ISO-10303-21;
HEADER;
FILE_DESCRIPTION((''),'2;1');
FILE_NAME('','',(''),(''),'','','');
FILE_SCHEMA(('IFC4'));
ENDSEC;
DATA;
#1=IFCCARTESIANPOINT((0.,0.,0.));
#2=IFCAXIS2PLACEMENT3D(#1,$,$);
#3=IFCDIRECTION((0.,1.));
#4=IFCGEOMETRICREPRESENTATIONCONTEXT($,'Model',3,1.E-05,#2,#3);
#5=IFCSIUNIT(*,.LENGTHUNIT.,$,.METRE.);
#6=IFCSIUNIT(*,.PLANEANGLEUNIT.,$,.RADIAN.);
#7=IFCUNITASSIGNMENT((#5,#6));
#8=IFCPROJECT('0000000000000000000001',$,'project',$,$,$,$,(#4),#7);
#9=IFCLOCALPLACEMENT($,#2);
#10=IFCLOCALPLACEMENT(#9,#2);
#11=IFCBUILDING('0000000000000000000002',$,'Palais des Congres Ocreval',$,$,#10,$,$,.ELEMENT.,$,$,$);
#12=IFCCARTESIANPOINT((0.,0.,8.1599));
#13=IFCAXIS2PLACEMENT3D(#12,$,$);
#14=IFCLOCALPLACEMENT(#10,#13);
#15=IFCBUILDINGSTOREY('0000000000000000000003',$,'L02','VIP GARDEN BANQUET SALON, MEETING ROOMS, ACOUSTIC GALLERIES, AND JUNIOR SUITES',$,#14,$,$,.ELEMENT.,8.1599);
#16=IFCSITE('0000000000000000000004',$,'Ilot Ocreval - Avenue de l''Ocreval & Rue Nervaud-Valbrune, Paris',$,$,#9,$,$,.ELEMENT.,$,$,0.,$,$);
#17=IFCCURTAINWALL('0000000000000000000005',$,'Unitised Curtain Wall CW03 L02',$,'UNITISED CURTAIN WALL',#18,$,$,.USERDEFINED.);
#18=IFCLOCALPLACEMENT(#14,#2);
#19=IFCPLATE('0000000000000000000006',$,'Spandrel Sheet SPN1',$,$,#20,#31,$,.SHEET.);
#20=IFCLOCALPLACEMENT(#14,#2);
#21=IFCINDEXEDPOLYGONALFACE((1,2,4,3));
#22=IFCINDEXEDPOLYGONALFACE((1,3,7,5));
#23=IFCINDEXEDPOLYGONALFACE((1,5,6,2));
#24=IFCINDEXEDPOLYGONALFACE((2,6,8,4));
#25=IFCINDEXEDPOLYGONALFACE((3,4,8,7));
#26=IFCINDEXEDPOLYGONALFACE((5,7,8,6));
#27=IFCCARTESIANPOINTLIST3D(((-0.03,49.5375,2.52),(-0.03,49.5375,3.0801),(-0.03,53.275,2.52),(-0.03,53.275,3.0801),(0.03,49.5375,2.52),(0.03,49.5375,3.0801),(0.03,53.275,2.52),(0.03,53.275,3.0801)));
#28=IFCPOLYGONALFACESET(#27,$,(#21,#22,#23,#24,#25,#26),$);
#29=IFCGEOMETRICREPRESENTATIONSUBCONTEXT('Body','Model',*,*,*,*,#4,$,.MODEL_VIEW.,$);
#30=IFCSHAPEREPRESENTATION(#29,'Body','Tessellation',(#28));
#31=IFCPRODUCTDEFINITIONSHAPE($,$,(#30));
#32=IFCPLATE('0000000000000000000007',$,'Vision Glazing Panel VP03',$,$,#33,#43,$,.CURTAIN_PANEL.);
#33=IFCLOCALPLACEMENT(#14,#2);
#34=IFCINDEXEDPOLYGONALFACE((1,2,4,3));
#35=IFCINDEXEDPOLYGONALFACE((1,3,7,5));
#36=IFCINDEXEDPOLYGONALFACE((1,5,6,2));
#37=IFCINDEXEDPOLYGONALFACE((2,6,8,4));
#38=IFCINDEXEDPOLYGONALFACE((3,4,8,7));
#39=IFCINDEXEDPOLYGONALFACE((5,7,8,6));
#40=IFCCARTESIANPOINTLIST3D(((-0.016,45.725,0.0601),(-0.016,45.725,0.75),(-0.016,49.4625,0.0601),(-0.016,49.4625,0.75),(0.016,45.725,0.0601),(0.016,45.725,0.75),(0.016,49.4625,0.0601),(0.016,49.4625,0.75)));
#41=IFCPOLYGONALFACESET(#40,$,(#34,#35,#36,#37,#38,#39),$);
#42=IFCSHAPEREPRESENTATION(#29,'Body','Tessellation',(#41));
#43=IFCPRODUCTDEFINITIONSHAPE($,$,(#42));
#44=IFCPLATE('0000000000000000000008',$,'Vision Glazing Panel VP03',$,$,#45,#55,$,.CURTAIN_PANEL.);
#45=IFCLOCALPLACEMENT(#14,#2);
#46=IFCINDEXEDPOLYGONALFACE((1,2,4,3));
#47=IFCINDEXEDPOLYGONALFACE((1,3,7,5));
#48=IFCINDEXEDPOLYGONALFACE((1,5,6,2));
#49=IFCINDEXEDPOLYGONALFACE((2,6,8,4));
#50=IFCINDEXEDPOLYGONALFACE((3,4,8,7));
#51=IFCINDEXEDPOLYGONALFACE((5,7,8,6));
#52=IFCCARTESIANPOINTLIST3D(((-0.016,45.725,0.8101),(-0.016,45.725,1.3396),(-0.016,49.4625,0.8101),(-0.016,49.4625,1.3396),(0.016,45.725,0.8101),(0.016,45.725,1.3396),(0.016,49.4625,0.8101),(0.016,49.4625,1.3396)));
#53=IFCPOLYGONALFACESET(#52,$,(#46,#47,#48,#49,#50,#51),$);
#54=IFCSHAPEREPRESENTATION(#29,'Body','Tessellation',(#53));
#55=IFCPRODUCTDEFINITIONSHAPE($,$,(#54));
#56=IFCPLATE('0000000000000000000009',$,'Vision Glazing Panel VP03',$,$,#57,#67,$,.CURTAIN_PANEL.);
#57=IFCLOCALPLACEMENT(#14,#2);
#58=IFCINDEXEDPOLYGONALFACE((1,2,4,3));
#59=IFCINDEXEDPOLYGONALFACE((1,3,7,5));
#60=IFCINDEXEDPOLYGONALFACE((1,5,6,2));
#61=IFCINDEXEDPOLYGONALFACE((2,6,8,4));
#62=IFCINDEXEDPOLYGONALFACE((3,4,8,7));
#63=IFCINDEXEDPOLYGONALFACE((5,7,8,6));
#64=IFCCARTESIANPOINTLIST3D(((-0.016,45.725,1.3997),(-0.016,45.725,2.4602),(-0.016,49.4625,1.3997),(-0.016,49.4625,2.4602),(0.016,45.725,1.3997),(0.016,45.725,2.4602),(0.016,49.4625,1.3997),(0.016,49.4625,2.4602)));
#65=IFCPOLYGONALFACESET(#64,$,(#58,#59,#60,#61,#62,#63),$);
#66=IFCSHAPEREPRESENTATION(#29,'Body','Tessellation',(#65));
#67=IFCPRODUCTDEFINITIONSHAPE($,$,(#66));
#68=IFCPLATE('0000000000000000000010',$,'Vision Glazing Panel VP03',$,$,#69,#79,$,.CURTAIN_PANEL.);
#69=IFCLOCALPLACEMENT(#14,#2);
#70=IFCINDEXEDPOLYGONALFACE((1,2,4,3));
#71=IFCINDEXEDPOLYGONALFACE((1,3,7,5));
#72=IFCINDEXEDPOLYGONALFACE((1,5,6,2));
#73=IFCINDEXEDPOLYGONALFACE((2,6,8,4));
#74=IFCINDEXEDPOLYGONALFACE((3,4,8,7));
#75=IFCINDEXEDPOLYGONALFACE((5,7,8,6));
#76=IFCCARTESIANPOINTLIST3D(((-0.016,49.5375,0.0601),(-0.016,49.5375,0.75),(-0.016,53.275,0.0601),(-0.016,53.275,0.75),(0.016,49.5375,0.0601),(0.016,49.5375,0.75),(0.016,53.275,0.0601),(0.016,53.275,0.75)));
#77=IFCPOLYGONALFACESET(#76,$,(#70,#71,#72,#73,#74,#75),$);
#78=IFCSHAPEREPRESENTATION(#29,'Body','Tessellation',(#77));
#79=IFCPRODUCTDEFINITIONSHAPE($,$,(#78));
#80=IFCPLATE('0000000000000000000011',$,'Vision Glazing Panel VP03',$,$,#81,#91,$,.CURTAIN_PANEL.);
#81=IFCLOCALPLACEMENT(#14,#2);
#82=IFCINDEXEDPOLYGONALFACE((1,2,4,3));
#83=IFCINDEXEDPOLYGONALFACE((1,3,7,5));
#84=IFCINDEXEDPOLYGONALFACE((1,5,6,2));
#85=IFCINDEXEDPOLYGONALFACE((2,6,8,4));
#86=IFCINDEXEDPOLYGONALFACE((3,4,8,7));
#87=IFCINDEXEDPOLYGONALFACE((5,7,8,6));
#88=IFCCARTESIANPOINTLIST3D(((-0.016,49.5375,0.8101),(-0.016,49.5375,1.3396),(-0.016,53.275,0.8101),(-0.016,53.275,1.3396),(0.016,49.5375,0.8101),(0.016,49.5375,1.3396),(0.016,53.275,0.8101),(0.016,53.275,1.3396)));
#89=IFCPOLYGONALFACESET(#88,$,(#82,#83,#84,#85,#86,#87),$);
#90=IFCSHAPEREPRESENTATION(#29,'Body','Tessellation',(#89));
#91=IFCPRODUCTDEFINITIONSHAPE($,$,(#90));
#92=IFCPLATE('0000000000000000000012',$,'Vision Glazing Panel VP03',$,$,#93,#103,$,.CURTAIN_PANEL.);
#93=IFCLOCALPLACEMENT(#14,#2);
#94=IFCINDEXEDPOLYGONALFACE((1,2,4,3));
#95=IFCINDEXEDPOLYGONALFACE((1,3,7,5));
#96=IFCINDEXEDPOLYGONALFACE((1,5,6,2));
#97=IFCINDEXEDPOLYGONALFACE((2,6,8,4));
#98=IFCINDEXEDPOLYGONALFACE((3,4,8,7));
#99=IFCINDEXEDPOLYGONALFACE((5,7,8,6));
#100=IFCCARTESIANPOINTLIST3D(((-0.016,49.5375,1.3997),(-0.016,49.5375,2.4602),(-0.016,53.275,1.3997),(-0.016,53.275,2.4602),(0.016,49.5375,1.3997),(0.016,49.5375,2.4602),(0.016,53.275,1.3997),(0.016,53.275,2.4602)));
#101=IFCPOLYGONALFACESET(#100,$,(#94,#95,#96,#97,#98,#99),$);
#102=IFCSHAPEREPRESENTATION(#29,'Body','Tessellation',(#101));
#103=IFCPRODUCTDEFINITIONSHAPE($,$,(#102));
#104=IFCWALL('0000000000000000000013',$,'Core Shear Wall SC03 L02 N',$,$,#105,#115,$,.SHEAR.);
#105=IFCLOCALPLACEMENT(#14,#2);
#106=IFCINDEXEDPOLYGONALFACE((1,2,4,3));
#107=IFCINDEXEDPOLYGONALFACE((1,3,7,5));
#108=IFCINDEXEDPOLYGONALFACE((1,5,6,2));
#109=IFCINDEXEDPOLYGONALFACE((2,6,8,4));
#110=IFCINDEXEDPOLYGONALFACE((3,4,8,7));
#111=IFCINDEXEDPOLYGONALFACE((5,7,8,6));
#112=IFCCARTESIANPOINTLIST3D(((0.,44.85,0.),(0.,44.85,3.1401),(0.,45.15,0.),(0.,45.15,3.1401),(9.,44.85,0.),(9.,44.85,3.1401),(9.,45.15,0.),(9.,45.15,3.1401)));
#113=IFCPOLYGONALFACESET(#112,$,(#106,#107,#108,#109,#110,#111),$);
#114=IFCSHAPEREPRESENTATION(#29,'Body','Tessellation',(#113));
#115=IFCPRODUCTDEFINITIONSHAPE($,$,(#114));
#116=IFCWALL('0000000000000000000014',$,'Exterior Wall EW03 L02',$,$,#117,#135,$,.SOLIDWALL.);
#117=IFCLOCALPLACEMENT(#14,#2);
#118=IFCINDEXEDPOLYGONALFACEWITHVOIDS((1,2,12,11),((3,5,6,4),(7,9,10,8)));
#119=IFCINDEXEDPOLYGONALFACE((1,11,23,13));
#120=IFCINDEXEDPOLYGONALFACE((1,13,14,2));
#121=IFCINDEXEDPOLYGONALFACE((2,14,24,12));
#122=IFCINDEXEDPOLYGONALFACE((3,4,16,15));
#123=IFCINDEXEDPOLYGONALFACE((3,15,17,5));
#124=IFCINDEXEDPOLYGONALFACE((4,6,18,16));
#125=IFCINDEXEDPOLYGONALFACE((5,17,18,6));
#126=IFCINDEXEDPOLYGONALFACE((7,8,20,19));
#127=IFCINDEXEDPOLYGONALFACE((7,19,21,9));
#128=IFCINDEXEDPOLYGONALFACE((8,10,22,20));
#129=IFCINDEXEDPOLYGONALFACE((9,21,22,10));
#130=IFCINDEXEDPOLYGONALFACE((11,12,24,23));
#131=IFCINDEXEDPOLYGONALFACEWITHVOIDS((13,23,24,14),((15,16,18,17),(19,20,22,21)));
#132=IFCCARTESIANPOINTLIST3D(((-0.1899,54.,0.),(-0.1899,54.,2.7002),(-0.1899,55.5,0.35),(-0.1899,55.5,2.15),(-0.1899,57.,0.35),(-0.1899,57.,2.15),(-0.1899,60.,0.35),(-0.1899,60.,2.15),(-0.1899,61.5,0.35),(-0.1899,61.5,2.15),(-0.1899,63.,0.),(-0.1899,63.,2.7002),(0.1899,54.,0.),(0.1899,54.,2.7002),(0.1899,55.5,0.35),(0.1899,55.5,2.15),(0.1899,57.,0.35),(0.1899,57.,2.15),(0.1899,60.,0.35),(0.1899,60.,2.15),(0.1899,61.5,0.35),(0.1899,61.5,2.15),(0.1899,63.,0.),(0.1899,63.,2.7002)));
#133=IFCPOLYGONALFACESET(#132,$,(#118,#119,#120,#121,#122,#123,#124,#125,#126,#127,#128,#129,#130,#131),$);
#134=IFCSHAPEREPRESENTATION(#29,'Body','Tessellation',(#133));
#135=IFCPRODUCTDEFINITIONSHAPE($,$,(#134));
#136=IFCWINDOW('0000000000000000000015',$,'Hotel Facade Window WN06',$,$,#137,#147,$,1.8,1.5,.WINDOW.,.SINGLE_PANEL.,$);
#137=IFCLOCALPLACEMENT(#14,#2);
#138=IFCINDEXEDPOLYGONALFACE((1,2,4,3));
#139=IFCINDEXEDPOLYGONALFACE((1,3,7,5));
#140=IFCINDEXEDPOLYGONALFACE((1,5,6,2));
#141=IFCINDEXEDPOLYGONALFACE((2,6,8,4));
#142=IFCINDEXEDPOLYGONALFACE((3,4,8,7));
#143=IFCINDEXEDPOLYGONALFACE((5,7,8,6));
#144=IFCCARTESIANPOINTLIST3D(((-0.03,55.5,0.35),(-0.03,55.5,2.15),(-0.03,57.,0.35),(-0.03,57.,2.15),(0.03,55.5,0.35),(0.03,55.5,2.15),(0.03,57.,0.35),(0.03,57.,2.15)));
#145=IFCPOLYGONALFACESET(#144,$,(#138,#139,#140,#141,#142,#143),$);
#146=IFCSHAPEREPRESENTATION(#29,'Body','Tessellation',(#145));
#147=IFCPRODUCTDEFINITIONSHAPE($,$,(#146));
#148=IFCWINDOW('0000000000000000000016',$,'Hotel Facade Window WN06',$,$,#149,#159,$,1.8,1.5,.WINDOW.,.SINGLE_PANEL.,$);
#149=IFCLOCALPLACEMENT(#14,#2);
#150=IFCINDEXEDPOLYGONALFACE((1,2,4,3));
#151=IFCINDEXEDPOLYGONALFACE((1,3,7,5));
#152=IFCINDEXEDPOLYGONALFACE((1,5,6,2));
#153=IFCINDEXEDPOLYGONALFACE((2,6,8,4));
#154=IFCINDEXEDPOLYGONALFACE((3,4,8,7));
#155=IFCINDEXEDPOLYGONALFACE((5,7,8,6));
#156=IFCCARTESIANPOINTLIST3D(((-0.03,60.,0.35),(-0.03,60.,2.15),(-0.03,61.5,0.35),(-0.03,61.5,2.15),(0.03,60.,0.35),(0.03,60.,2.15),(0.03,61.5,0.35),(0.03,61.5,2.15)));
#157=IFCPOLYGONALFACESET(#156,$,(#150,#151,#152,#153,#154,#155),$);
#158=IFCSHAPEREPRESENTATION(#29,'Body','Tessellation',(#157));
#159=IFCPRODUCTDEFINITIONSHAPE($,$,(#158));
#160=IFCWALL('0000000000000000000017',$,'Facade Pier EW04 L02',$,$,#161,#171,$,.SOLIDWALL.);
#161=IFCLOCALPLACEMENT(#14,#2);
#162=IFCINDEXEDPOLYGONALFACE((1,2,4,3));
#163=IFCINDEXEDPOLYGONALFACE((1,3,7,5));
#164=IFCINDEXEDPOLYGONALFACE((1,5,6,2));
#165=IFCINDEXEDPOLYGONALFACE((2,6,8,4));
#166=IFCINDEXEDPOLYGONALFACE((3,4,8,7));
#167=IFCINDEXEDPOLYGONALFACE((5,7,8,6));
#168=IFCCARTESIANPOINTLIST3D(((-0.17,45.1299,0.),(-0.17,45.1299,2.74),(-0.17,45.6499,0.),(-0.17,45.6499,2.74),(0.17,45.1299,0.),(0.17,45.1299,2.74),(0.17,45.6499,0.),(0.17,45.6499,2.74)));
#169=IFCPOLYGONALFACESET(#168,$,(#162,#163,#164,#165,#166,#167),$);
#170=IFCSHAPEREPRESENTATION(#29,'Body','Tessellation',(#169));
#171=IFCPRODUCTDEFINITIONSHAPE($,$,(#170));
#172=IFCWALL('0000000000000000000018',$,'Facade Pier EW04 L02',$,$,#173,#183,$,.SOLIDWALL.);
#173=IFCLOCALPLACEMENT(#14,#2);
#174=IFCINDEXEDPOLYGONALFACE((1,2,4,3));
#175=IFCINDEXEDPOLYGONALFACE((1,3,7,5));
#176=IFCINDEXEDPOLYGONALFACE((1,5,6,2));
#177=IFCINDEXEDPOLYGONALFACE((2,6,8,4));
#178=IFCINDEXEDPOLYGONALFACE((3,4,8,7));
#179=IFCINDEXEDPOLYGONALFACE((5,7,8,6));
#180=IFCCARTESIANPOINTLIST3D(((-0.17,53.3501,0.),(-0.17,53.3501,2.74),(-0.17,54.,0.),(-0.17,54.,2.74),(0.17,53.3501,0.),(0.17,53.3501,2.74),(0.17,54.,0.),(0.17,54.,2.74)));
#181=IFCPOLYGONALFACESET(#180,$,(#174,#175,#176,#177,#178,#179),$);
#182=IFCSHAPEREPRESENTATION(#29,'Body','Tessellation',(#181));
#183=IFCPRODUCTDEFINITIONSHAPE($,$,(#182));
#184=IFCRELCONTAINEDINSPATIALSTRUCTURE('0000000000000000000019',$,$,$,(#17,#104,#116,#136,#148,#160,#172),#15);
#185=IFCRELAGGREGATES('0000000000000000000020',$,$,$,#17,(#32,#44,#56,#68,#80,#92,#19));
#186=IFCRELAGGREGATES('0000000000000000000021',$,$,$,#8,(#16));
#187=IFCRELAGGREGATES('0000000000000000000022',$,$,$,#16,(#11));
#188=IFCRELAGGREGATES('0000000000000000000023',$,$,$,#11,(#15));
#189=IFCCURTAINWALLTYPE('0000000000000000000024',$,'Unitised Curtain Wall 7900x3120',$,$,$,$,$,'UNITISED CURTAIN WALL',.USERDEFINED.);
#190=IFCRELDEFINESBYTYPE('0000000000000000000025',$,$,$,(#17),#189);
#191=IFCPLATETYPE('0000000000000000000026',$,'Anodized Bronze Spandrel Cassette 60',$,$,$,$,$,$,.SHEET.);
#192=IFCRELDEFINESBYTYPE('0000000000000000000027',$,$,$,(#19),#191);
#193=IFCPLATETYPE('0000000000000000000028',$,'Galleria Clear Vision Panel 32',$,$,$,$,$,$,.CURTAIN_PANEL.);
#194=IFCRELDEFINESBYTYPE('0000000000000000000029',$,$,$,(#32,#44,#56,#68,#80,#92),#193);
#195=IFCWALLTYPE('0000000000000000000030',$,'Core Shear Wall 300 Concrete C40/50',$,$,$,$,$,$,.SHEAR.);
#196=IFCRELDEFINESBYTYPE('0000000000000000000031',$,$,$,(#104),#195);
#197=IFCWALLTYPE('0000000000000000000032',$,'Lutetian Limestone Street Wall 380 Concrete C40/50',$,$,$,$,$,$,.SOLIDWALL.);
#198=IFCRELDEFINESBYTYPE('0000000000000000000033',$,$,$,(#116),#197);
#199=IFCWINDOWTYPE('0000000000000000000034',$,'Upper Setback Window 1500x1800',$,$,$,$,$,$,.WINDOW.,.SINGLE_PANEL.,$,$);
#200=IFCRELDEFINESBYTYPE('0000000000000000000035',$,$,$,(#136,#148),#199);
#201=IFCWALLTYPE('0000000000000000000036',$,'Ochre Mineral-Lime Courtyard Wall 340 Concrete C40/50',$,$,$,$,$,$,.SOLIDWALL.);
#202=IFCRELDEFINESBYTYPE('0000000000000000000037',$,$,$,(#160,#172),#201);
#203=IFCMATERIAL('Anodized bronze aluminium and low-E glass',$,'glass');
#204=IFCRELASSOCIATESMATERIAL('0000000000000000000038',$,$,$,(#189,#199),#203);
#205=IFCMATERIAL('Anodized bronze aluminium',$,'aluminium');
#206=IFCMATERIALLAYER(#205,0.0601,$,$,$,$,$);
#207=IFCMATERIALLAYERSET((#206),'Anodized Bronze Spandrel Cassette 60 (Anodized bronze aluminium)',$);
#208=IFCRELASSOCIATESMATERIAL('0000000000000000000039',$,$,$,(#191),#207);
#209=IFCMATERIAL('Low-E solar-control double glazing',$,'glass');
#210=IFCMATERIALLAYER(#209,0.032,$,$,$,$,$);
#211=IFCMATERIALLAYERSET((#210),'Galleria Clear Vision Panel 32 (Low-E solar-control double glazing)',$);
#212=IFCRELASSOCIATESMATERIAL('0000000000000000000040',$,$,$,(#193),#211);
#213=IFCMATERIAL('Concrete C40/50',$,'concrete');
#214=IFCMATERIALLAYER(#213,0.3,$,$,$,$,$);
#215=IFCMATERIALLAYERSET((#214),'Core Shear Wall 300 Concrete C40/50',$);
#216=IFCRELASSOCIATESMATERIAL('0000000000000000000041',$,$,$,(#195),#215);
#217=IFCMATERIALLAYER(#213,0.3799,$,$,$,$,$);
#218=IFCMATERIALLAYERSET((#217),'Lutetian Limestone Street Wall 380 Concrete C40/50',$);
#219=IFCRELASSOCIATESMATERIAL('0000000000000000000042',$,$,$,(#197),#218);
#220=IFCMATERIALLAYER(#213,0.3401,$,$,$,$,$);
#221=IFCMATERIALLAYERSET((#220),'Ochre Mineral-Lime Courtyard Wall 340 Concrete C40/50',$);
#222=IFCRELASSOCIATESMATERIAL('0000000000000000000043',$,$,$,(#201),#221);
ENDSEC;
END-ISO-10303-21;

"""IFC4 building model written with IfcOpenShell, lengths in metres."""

from ifc_helpers import new_model, si_unit, direction, frame, frame_2d, origin, origin_2d, place, context, subcontext, project, spatial, rectangle, extrude, material, layer, layer_set, type_object, element, fill, aggregate, save


model = new_model("IFC4")

# Units and contexts
model_context = context("Model", 3, precision=1e-05, world=origin(), true_north=direction((0.0, 1.0)))
body_context = subcontext(model_context, "Body", "Model", "MODEL_VIEW")
ifc_project = project(units=[si_unit("LENGTHUNIT", "METRE"), si_unit("PLANEANGLEUNIT", "RADIAN")], contexts=[model_context])

# Site, building, storey
site_placement = place(None, origin())
site = spatial("IfcSite", under=ifc_project, at=site_placement, Name="Ilot Ocreval - Avenue de l'Ocreval & Rue Nervaud-Valbrune, Paris", CompositionType="ELEMENT", RefElevation=0.0)
building_placement = place(site_placement, origin())
building = spatial("IfcBuilding", under=site, at=building_placement, Name="Palais des Congres Ocreval", CompositionType="ELEMENT")
storey_placement = place(building_placement, frame((0.0, 0.0, 8.1599)))
storey = spatial("IfcBuildingStorey", under=building, at=storey_placement, Name="L02", Description="VIP GARDEN BANQUET SALON, MEETING ROOMS, ACOUSTIC GALLERIES, AND JUNIOR SUITES", CompositionType="ELEMENT", Elevation=8.1599)

# Curtain wall
ifc_material_1 = material(Name="Anodized bronze aluminium and low-E glass", Category="glass")
curtain_wall_type = type_object("IfcCurtainWallType", Name="Unitised Curtain Wall 7900x3120", ElementType="UNITISED CURTAIN WALL", PredefinedType="USERDEFINED", material=ifc_material_1)
curtain_wall_placement = place(storey_placement, origin())
curtain_wall = element("IfcCurtainWall", 1, at=curtain_wall_placement, inside=storey, type_object=curtain_wall_type, Name="Unitised Curtain Wall CW03 L02", ObjectType="UNITISED CURTAIN WALL", PredefinedType="USERDEFINED")
ifc_material_2 = material(Name="Anodized bronze aluminium", Category="aluminium")

# Plates
ifc_layer_1 = layer(ifc_material_2, 0.0601)
ifc_layer_set_1 = layer_set([ifc_layer_1], Name="Anodized Bronze Spandrel Cassette 60 (Anodized bronze aluminium)")
plate_type_1 = type_object("IfcPlateType", Name="Anodized Bronze Spandrel Cassette 60", PredefinedType="SHEET", material=ifc_layer_set_1)
plate_1_placement = place(storey_placement, frame((0.0, 51.4062, 2.52), z_axis=(0.0, 0.0, 1.0), x_axis=(0.0, 1.0, 0.0)))
plate_1 = element("IfcPlate", 2, at=plate_1_placement, type_object=plate_type_1, Name="Spandrel Sheet SPN1", PredefinedType="SHEET", context=body_context, shape_type="SweptSolid", body=[
    extrude(rectangle(XDim=3.7375, YDim=0.0601, at=origin_2d()), origin(), (0.0, 0.0, 1.0), 0.5601),
])
ifc_material_3 = material(Name="Low-E solar-control double glazing", Category="glass")
ifc_layer_2 = layer(ifc_material_3, 0.032)
ifc_layer_set_2 = layer_set([ifc_layer_2], Name="Galleria Clear Vision Panel 32 (Low-E solar-control double glazing)")
plate_type_2 = type_object("IfcPlateType", Name="Galleria Clear Vision Panel 32", PredefinedType="CURTAIN_PANEL", material=ifc_layer_set_2)
plate_2_placement = place(storey_placement, frame((0.0, 47.5938, 0.0601), z_axis=(0.0, 0.0, 1.0), x_axis=(0.0, 1.0, 0.0)))
plate_2 = element("IfcPlate", 3, at=plate_2_placement, type_object=plate_type_2, Name="Vision Glazing Panel VP03", PredefinedType="CURTAIN_PANEL", context=body_context, shape_type="SweptSolid", body=[
    extrude(rectangle(XDim=3.7375, YDim=0.032, at=origin_2d()), origin(), (0.0, 0.0, 1.0), 0.6899),
])
plate_3_placement = place(storey_placement, frame((0.0, 47.5938, 0.8101), z_axis=(0.0, 0.0, 1.0), x_axis=(0.0, 1.0, 0.0)))
plate_3 = element("IfcPlate", 4, at=plate_3_placement, type_object=plate_type_2, Name="Vision Glazing Panel VP03", PredefinedType="CURTAIN_PANEL", context=body_context, shape_type="SweptSolid", body=[
    extrude(rectangle(XDim=3.7375, YDim=0.032, at=origin_2d()), origin(), (0.0, 0.0, 1.0), 0.5295),
])
plate_4_placement = place(storey_placement, frame((0.0, 47.5938, 1.3997), z_axis=(0.0, 0.0, 1.0), x_axis=(0.0, 1.0, 0.0)))
plate_4 = element("IfcPlate", 5, at=plate_4_placement, type_object=plate_type_2, Name="Vision Glazing Panel VP03", PredefinedType="CURTAIN_PANEL", context=body_context, shape_type="SweptSolid", body=[
    extrude(rectangle(XDim=3.7375, YDim=0.032, at=origin_2d()), origin(), (0.0, 0.0, 1.0), 1.0605),
])
plate_5_placement = place(storey_placement, frame((0.0, 51.4062, 0.0601), z_axis=(0.0, 0.0, 1.0), x_axis=(0.0, 1.0, 0.0)))
plate_5 = element("IfcPlate", 6, at=plate_5_placement, type_object=plate_type_2, Name="Vision Glazing Panel VP03", PredefinedType="CURTAIN_PANEL", context=body_context, shape_type="SweptSolid", body=[
    extrude(rectangle(XDim=3.7375, YDim=0.032, at=origin_2d()), origin(), (0.0, 0.0, 1.0), 0.6899),
])
plate_6_placement = place(storey_placement, frame((0.0, 51.4062, 0.8101), z_axis=(0.0, 0.0, 1.0), x_axis=(0.0, 1.0, 0.0)))
plate_6 = element("IfcPlate", 7, at=plate_6_placement, type_object=plate_type_2, Name="Vision Glazing Panel VP03", PredefinedType="CURTAIN_PANEL", context=body_context, shape_type="SweptSolid", body=[
    extrude(rectangle(XDim=3.7375, YDim=0.032, at=origin_2d()), origin(), (0.0, 0.0, 1.0), 0.5295),
])
plate_7_placement = place(storey_placement, frame((0.0, 51.4062, 1.3997), z_axis=(0.0, 0.0, 1.0), x_axis=(0.0, 1.0, 0.0)))
plate_7 = element("IfcPlate", 8, at=plate_7_placement, type_object=plate_type_2, Name="Vision Glazing Panel VP03", PredefinedType="CURTAIN_PANEL", context=body_context, shape_type="SweptSolid", body=[
    extrude(rectangle(XDim=3.7375, YDim=0.032, at=origin_2d()), origin(), (0.0, 0.0, 1.0), 1.0605),
])
aggregate(curtain_wall, [plate_2, plate_3, plate_4, plate_5, plate_6, plate_7, plate_1])

# Wall
ifc_material_4 = material(Name="Concrete C40/50", Category="concrete")
ifc_layer_3 = layer(ifc_material_4, 0.3)
ifc_layer_set_3 = layer_set([ifc_layer_3], Name="Core Shear Wall 300 Concrete C40/50")
wall_type_1 = type_object("IfcWallType", Name="Core Shear Wall 300 Concrete C40/50", PredefinedType="SHEAR", material=ifc_layer_set_3)
wall_1_placement = place(storey_placement, frame((0.0, 45.0, 0.0), z_axis=(0.0, 0.0, 1.0), x_axis=(1.0, 0.0, 0.0)))
element("IfcWall", 9, at=wall_1_placement, inside=storey, type_object=wall_type_1, Name="Core Shear Wall SC03 L02 N", PredefinedType="SHEAR", context=body_context, shape_type="SweptSolid", body=[
    extrude(rectangle(XDim=9.0, YDim=0.3, at=frame_2d((4.5, 0.0))), origin(), (0.0, 0.0, 1.0), 3.1401),
])

# Wall, openings, windows
ifc_layer_4 = layer(ifc_material_4, 0.3799)
ifc_layer_set_4 = layer_set([ifc_layer_4], Name="Lutetian Limestone Street Wall 380 Concrete C40/50")
wall_type_2 = type_object("IfcWallType", Name="Lutetian Limestone Street Wall 380 Concrete C40/50", PredefinedType="SOLIDWALL", material=ifc_layer_set_4)
wall_2_placement = place(storey_placement, frame((0.0, 54.0, 0.0), z_axis=(0.0, 0.0, 1.0), x_axis=(0.0, 1.0, 0.0)))
wall_2 = element("IfcWall", 10, at=wall_2_placement, inside=storey, type_object=wall_type_2, Name="Exterior Wall EW03 L02", PredefinedType="SOLIDWALL", context=body_context, shape_type="SweptSolid", body=[
    extrude(rectangle(XDim=9.0, YDim=0.3799, at=frame_2d((4.5, 0.0))), origin(), (0.0, 0.0, 1.0), 2.7002),
])
opening_1_placement = place(wall_2_placement, frame((1.5, 0.0, 0.3501)))
opening_1 = element("IfcOpeningElement", 11, at=opening_1_placement, cuts=wall_2, PredefinedType="OPENING", context=body_context, shape_type="SweptSolid", body=[
    extrude(rectangle(XDim=1.5, YDim=1.8, at=frame_2d((0.75, 0.8999))), frame((0.0, 0.2, 0.0), z_axis=(0.0, -1.0, 0.0), x_axis=(1.0, 0.0, 0.0)), (0.0, 0.0, 1.0), 0.3999),
])
opening_2_placement = place(wall_2_placement, frame((6.0, 0.0, 0.3501)))
opening_2 = element("IfcOpeningElement", 12, at=opening_2_placement, cuts=wall_2, PredefinedType="OPENING", context=body_context, shape_type="SweptSolid", body=[
    extrude(rectangle(XDim=1.5, YDim=1.8, at=frame_2d((0.75, 0.8999))), frame((0.0, 0.2, 0.0), z_axis=(0.0, -1.0, 0.0), x_axis=(1.0, 0.0, 0.0)), (0.0, 0.0, 1.0), 0.3999),
])
window_type = type_object("IfcWindowType", Name="Upper Setback Window 1500x1800", PartitioningType="SINGLE_PANEL", PredefinedType="WINDOW", material=ifc_material_1)
window_1_placement = place(opening_1_placement, origin())
window_1 = element("IfcWindow", 13, at=window_1_placement, inside=storey, type_object=window_type, Name="Hotel Facade Window WN06", OverallHeight=1.8, OverallWidth=1.5, PartitioningType="SINGLE_PANEL", PredefinedType="WINDOW", context=body_context, shape_type="SweptSolid", body=[
    extrude(rectangle(XDim=1.5, YDim=1.8, at=frame_2d((0.75, 0.8999))), frame((0.0, 0.03, 0.0), z_axis=(0.0, -1.0, 0.0), x_axis=(1.0, 0.0, 0.0)), (0.0, 0.0, 1.0), 0.0601),
])
fill(opening_1, window_1)
window_2_placement = place(opening_2_placement, origin())
window_2 = element("IfcWindow", 14, at=window_2_placement, inside=storey, type_object=window_type, Name="Hotel Facade Window WN06", OverallHeight=1.8, OverallWidth=1.5, PartitioningType="SINGLE_PANEL", PredefinedType="WINDOW", context=body_context, shape_type="SweptSolid", body=[
    extrude(rectangle(XDim=1.5, YDim=1.8, at=frame_2d((0.75, 0.8999))), frame((0.0, 0.03, 0.0), z_axis=(0.0, -1.0, 0.0), x_axis=(1.0, 0.0, 0.0)), (0.0, 0.0, 1.0), 0.0601),
])
fill(opening_2, window_2)

# Walls
ifc_layer_5 = layer(ifc_material_4, 0.3401)
ifc_layer_set_5 = layer_set([ifc_layer_5], Name="Ochre Mineral-Lime Courtyard Wall 340 Concrete C40/50")
wall_type_3 = type_object("IfcWallType", Name="Ochre Mineral-Lime Courtyard Wall 340 Concrete C40/50", PredefinedType="SOLIDWALL", material=ifc_layer_set_5)
wall_3_placement = place(storey_placement, frame((0.0, 45.1299, 0.0), z_axis=(0.0, 0.0, 1.0), x_axis=(0.0, 1.0, 0.0)))
element("IfcWall", 15, at=wall_3_placement, inside=storey, type_object=wall_type_3, Name="Facade Pier EW04 L02", PredefinedType="SOLIDWALL", context=body_context, shape_type="SweptSolid", body=[
    extrude(rectangle(XDim=0.52, YDim=0.3401, at=frame_2d((0.26, 0.0))), origin(), (0.0, 0.0, 1.0), 2.74),
])
wall_4_placement = place(storey_placement, frame((0.0, 53.3501, 0.0), z_axis=(0.0, 0.0, 1.0), x_axis=(0.0, 1.0, 0.0)))
element("IfcWall", 16, at=wall_4_placement, inside=storey, type_object=wall_type_3, Name="Facade Pier EW04 L02", PredefinedType="SOLIDWALL", context=body_context, shape_type="SweptSolid", body=[
    extrude(rectangle(XDim=0.6499, YDim=0.3401, at=frame_2d((0.325, 0.0))), origin(), (0.0, 0.0, 1.0), 2.74),
])

save(model, "model.ifc")
